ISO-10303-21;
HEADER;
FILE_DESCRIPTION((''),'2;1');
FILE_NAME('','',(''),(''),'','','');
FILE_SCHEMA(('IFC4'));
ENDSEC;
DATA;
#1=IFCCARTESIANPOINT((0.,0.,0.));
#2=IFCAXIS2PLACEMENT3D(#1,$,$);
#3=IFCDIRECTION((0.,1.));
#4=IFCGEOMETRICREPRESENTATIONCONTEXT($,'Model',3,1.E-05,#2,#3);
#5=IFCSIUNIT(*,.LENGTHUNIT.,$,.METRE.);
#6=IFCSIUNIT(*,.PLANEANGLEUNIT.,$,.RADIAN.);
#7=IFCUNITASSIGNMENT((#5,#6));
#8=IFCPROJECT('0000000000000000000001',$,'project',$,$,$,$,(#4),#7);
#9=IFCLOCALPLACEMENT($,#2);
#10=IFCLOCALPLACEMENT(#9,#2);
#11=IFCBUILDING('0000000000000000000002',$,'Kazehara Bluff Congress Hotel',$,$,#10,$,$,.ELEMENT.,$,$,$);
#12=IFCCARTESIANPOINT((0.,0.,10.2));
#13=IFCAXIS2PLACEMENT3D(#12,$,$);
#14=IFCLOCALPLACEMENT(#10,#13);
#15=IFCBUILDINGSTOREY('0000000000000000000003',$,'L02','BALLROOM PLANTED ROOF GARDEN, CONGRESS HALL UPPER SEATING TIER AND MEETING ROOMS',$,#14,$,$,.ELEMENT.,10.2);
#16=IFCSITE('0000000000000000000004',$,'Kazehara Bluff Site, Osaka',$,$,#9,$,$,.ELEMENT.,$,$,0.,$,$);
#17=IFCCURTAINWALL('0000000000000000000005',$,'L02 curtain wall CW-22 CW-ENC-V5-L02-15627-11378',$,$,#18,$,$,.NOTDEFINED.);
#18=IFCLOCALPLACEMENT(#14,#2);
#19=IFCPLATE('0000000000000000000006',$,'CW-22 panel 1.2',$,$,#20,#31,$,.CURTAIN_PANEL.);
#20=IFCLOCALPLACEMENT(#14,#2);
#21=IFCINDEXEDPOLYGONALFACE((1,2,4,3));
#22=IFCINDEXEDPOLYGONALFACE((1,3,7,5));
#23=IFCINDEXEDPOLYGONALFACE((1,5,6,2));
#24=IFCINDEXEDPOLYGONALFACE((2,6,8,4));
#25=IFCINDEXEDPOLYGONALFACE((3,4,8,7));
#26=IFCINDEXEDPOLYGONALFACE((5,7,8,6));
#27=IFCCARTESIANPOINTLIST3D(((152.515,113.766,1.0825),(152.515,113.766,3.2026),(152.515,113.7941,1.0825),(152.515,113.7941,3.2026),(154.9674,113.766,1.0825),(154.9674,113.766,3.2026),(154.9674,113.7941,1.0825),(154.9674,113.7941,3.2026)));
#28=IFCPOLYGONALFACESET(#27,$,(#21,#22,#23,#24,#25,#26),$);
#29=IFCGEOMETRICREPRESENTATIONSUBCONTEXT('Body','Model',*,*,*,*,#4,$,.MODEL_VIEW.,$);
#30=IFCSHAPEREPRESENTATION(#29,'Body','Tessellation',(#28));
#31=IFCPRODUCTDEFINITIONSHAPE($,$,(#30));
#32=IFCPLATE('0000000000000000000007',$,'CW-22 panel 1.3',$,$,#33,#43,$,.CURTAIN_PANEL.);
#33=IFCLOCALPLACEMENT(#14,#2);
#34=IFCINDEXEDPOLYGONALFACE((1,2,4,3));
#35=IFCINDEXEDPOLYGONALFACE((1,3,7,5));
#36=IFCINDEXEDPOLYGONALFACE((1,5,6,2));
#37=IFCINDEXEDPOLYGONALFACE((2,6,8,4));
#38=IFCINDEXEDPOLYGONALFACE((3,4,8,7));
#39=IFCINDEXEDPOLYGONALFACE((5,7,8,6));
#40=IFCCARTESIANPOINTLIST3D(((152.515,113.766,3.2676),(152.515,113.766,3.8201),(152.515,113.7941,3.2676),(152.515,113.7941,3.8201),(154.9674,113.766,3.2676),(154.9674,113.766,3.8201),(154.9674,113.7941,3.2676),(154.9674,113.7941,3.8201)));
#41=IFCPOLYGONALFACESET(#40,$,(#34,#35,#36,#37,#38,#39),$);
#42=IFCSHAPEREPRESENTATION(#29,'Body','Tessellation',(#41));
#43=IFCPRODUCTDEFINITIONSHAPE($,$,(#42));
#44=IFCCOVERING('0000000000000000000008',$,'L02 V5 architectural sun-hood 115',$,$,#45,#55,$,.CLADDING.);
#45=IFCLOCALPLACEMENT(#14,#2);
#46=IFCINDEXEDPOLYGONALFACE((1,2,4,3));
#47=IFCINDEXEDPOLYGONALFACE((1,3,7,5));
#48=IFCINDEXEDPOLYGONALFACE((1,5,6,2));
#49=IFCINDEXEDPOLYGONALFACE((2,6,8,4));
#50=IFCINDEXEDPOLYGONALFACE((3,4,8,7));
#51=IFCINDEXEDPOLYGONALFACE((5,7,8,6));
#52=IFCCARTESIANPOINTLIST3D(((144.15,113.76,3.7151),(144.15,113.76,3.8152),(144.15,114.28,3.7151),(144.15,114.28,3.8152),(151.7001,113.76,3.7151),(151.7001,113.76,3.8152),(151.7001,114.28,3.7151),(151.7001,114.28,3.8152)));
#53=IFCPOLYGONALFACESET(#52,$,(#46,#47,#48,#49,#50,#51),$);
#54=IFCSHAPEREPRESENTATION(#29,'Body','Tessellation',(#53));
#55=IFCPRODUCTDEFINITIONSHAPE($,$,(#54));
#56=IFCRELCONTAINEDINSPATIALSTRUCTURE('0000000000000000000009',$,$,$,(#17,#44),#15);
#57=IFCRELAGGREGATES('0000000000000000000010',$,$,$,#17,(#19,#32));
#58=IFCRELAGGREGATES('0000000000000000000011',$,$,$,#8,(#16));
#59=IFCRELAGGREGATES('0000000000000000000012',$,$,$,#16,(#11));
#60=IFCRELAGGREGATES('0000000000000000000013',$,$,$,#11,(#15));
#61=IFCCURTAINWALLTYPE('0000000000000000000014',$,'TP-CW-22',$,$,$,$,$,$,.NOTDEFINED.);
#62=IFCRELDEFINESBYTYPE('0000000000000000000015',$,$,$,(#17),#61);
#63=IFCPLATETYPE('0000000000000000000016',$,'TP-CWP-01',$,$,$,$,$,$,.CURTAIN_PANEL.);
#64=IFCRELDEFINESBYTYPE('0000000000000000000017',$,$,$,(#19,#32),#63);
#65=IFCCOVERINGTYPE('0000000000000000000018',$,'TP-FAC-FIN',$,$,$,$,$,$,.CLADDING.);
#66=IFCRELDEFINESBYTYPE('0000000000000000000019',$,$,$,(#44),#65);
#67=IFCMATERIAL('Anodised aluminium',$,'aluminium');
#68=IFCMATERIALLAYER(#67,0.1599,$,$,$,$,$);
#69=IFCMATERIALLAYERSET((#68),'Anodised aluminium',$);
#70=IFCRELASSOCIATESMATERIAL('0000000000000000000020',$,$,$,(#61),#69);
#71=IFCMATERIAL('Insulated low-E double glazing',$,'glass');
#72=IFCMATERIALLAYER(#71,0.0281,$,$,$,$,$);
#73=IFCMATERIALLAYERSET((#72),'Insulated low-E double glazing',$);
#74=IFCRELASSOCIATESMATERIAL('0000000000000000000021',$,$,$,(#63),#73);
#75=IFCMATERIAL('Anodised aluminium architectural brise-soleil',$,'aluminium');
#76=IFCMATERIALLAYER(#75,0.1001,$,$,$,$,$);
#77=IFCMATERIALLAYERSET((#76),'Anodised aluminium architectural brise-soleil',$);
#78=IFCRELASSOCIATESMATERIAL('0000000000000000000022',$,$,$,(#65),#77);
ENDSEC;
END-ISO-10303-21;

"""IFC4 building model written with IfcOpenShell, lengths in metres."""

from ifc_helpers import new_model, si_unit, direction, frame, origin, origin_2d, place, context, subcontext, project, spatial, rectangle, extrude, material, layer, layer_set, type_object, element, aggregate, save


model = new_model("IFC4")

# Units and contexts
model_context = context("Model", 3, precision=1e-05, world=origin(), true_north=direction((0.0, 1.0)))
body_context = subcontext(model_context, "Body", "Model", "MODEL_VIEW")
ifc_project = project(units=[si_unit("LENGTHUNIT", "METRE"), si_unit("PLANEANGLEUNIT", "RADIAN")], contexts=[model_context])

# Site, building, storey
site_placement = place(None, origin())
site = spatial("IfcSite", under=ifc_project, at=site_placement, Name="Kazehara Bluff Site, Osaka", CompositionType="ELEMENT", RefElevation=0.0)
building_placement = place(site_placement, origin())
building = spatial("IfcBuilding", under=site, at=building_placement, Name="Kazehara Bluff Congress Hotel", CompositionType="ELEMENT")
storey_placement = place(building_placement, frame((0.0, 0.0, 10.2)))
storey = spatial("IfcBuildingStorey", under=building, at=storey_placement, Name="L02", Description="BALLROOM PLANTED ROOF GARDEN, CONGRESS HALL UPPER SEATING TIER AND MEETING ROOMS", CompositionType="ELEMENT", Elevation=10.2)

# Curtain wall
ifc_material_1 = material(Name="Anodised aluminium", Category="aluminium")
ifc_layer_1 = layer(ifc_material_1, 0.1599)
ifc_layer_set_1 = layer_set([ifc_layer_1], Name="Anodised aluminium")
curtain_wall_type = type_object("IfcCurtainWallType", Name="TP-CW-22", PredefinedType="NOTDEFINED", material=ifc_layer_set_1)
curtain_wall_1_placement = place(storey_placement, origin())
curtain_wall_1 = element("IfcCurtainWall", 1, at=curtain_wall_1_placement, inside=storey, type_object=curtain_wall_type, Name="L02 curtain wall CW-22 CW-ENC-V5-L02-15627-11378", PredefinedType="NOTDEFINED")

# Plates
ifc_material_2 = material(Name="Insulated low-E double glazing", Category="glass")
ifc_layer_2 = layer(ifc_material_2, 0.0281)
ifc_layer_set_2 = layer_set([ifc_layer_2], Name="Insulated low-E double glazing")
plate_type = type_object("IfcPlateType", Name="TP-CWP-01", PredefinedType="CURTAIN_PANEL", material=ifc_layer_set_2)
plate_1_placement = place(storey_placement, frame((153.7412, 113.78, 1.0825), z_axis=(0.0, 0.0, 1.0), x_axis=(1.0, 0.0, 0.0)))
plate_1 = element("IfcPlate", 2, at=plate_1_placement, type_object=plate_type, Name="CW-22 panel 1.2", PredefinedType="CURTAIN_PANEL", context=body_context, shape_type="SweptSolid", body=[
    extrude(rectangle(XDim=2.4524, YDim=0.0281, at=origin_2d()), origin(), (0.0, 0.0, 1.0), 2.1201),
])
plate_2_placement = place(storey_placement, frame((153.7412, 113.78, 3.2676), z_axis=(0.0, 0.0, 1.0), x_axis=(1.0, 0.0, 0.0)))
plate_2 = element("IfcPlate", 3, at=plate_2_placement, type_object=plate_type, Name="CW-22 panel 1.3", PredefinedType="CURTAIN_PANEL", context=body_context, shape_type="SweptSolid", body=[
    extrude(rectangle(XDim=2.4524, YDim=0.0281, at=origin_2d()), origin(), (0.0, 0.0, 1.0), 0.5525),
])
aggregate(curtain_wall_1, [plate_1, plate_2])

# Covering
ifc_material_3 = material(Name="Anodised aluminium architectural brise-soleil", Category="aluminium")
ifc_layer_3 = layer(ifc_material_3, 0.1001)
ifc_layer_set_3 = layer_set([ifc_layer_3], Name="Anodised aluminium architectural brise-soleil")
covering_type = type_object("IfcCoveringType", Name="TP-FAC-FIN", PredefinedType="CLADDING", material=ifc_layer_set_3)
covering_placement = place(storey_placement, frame((147.925, 114.02, 3.7151), z_axis=(0.0, 0.0, 1.0), x_axis=(1.0, 0.0, 0.0)))
element("IfcCovering", 4, at=covering_placement, inside=storey, type_object=covering_type, Name="L02 V5 architectural sun-hood 115", PredefinedType="CLADDING", context=body_context, shape_type="SweptSolid", body=[
    extrude(rectangle(XDim=7.55, YDim=0.52, at=origin_2d()), origin(), (0.0, 0.0, 1.0), 0.1001),
])

save(model, "model.ifc")
